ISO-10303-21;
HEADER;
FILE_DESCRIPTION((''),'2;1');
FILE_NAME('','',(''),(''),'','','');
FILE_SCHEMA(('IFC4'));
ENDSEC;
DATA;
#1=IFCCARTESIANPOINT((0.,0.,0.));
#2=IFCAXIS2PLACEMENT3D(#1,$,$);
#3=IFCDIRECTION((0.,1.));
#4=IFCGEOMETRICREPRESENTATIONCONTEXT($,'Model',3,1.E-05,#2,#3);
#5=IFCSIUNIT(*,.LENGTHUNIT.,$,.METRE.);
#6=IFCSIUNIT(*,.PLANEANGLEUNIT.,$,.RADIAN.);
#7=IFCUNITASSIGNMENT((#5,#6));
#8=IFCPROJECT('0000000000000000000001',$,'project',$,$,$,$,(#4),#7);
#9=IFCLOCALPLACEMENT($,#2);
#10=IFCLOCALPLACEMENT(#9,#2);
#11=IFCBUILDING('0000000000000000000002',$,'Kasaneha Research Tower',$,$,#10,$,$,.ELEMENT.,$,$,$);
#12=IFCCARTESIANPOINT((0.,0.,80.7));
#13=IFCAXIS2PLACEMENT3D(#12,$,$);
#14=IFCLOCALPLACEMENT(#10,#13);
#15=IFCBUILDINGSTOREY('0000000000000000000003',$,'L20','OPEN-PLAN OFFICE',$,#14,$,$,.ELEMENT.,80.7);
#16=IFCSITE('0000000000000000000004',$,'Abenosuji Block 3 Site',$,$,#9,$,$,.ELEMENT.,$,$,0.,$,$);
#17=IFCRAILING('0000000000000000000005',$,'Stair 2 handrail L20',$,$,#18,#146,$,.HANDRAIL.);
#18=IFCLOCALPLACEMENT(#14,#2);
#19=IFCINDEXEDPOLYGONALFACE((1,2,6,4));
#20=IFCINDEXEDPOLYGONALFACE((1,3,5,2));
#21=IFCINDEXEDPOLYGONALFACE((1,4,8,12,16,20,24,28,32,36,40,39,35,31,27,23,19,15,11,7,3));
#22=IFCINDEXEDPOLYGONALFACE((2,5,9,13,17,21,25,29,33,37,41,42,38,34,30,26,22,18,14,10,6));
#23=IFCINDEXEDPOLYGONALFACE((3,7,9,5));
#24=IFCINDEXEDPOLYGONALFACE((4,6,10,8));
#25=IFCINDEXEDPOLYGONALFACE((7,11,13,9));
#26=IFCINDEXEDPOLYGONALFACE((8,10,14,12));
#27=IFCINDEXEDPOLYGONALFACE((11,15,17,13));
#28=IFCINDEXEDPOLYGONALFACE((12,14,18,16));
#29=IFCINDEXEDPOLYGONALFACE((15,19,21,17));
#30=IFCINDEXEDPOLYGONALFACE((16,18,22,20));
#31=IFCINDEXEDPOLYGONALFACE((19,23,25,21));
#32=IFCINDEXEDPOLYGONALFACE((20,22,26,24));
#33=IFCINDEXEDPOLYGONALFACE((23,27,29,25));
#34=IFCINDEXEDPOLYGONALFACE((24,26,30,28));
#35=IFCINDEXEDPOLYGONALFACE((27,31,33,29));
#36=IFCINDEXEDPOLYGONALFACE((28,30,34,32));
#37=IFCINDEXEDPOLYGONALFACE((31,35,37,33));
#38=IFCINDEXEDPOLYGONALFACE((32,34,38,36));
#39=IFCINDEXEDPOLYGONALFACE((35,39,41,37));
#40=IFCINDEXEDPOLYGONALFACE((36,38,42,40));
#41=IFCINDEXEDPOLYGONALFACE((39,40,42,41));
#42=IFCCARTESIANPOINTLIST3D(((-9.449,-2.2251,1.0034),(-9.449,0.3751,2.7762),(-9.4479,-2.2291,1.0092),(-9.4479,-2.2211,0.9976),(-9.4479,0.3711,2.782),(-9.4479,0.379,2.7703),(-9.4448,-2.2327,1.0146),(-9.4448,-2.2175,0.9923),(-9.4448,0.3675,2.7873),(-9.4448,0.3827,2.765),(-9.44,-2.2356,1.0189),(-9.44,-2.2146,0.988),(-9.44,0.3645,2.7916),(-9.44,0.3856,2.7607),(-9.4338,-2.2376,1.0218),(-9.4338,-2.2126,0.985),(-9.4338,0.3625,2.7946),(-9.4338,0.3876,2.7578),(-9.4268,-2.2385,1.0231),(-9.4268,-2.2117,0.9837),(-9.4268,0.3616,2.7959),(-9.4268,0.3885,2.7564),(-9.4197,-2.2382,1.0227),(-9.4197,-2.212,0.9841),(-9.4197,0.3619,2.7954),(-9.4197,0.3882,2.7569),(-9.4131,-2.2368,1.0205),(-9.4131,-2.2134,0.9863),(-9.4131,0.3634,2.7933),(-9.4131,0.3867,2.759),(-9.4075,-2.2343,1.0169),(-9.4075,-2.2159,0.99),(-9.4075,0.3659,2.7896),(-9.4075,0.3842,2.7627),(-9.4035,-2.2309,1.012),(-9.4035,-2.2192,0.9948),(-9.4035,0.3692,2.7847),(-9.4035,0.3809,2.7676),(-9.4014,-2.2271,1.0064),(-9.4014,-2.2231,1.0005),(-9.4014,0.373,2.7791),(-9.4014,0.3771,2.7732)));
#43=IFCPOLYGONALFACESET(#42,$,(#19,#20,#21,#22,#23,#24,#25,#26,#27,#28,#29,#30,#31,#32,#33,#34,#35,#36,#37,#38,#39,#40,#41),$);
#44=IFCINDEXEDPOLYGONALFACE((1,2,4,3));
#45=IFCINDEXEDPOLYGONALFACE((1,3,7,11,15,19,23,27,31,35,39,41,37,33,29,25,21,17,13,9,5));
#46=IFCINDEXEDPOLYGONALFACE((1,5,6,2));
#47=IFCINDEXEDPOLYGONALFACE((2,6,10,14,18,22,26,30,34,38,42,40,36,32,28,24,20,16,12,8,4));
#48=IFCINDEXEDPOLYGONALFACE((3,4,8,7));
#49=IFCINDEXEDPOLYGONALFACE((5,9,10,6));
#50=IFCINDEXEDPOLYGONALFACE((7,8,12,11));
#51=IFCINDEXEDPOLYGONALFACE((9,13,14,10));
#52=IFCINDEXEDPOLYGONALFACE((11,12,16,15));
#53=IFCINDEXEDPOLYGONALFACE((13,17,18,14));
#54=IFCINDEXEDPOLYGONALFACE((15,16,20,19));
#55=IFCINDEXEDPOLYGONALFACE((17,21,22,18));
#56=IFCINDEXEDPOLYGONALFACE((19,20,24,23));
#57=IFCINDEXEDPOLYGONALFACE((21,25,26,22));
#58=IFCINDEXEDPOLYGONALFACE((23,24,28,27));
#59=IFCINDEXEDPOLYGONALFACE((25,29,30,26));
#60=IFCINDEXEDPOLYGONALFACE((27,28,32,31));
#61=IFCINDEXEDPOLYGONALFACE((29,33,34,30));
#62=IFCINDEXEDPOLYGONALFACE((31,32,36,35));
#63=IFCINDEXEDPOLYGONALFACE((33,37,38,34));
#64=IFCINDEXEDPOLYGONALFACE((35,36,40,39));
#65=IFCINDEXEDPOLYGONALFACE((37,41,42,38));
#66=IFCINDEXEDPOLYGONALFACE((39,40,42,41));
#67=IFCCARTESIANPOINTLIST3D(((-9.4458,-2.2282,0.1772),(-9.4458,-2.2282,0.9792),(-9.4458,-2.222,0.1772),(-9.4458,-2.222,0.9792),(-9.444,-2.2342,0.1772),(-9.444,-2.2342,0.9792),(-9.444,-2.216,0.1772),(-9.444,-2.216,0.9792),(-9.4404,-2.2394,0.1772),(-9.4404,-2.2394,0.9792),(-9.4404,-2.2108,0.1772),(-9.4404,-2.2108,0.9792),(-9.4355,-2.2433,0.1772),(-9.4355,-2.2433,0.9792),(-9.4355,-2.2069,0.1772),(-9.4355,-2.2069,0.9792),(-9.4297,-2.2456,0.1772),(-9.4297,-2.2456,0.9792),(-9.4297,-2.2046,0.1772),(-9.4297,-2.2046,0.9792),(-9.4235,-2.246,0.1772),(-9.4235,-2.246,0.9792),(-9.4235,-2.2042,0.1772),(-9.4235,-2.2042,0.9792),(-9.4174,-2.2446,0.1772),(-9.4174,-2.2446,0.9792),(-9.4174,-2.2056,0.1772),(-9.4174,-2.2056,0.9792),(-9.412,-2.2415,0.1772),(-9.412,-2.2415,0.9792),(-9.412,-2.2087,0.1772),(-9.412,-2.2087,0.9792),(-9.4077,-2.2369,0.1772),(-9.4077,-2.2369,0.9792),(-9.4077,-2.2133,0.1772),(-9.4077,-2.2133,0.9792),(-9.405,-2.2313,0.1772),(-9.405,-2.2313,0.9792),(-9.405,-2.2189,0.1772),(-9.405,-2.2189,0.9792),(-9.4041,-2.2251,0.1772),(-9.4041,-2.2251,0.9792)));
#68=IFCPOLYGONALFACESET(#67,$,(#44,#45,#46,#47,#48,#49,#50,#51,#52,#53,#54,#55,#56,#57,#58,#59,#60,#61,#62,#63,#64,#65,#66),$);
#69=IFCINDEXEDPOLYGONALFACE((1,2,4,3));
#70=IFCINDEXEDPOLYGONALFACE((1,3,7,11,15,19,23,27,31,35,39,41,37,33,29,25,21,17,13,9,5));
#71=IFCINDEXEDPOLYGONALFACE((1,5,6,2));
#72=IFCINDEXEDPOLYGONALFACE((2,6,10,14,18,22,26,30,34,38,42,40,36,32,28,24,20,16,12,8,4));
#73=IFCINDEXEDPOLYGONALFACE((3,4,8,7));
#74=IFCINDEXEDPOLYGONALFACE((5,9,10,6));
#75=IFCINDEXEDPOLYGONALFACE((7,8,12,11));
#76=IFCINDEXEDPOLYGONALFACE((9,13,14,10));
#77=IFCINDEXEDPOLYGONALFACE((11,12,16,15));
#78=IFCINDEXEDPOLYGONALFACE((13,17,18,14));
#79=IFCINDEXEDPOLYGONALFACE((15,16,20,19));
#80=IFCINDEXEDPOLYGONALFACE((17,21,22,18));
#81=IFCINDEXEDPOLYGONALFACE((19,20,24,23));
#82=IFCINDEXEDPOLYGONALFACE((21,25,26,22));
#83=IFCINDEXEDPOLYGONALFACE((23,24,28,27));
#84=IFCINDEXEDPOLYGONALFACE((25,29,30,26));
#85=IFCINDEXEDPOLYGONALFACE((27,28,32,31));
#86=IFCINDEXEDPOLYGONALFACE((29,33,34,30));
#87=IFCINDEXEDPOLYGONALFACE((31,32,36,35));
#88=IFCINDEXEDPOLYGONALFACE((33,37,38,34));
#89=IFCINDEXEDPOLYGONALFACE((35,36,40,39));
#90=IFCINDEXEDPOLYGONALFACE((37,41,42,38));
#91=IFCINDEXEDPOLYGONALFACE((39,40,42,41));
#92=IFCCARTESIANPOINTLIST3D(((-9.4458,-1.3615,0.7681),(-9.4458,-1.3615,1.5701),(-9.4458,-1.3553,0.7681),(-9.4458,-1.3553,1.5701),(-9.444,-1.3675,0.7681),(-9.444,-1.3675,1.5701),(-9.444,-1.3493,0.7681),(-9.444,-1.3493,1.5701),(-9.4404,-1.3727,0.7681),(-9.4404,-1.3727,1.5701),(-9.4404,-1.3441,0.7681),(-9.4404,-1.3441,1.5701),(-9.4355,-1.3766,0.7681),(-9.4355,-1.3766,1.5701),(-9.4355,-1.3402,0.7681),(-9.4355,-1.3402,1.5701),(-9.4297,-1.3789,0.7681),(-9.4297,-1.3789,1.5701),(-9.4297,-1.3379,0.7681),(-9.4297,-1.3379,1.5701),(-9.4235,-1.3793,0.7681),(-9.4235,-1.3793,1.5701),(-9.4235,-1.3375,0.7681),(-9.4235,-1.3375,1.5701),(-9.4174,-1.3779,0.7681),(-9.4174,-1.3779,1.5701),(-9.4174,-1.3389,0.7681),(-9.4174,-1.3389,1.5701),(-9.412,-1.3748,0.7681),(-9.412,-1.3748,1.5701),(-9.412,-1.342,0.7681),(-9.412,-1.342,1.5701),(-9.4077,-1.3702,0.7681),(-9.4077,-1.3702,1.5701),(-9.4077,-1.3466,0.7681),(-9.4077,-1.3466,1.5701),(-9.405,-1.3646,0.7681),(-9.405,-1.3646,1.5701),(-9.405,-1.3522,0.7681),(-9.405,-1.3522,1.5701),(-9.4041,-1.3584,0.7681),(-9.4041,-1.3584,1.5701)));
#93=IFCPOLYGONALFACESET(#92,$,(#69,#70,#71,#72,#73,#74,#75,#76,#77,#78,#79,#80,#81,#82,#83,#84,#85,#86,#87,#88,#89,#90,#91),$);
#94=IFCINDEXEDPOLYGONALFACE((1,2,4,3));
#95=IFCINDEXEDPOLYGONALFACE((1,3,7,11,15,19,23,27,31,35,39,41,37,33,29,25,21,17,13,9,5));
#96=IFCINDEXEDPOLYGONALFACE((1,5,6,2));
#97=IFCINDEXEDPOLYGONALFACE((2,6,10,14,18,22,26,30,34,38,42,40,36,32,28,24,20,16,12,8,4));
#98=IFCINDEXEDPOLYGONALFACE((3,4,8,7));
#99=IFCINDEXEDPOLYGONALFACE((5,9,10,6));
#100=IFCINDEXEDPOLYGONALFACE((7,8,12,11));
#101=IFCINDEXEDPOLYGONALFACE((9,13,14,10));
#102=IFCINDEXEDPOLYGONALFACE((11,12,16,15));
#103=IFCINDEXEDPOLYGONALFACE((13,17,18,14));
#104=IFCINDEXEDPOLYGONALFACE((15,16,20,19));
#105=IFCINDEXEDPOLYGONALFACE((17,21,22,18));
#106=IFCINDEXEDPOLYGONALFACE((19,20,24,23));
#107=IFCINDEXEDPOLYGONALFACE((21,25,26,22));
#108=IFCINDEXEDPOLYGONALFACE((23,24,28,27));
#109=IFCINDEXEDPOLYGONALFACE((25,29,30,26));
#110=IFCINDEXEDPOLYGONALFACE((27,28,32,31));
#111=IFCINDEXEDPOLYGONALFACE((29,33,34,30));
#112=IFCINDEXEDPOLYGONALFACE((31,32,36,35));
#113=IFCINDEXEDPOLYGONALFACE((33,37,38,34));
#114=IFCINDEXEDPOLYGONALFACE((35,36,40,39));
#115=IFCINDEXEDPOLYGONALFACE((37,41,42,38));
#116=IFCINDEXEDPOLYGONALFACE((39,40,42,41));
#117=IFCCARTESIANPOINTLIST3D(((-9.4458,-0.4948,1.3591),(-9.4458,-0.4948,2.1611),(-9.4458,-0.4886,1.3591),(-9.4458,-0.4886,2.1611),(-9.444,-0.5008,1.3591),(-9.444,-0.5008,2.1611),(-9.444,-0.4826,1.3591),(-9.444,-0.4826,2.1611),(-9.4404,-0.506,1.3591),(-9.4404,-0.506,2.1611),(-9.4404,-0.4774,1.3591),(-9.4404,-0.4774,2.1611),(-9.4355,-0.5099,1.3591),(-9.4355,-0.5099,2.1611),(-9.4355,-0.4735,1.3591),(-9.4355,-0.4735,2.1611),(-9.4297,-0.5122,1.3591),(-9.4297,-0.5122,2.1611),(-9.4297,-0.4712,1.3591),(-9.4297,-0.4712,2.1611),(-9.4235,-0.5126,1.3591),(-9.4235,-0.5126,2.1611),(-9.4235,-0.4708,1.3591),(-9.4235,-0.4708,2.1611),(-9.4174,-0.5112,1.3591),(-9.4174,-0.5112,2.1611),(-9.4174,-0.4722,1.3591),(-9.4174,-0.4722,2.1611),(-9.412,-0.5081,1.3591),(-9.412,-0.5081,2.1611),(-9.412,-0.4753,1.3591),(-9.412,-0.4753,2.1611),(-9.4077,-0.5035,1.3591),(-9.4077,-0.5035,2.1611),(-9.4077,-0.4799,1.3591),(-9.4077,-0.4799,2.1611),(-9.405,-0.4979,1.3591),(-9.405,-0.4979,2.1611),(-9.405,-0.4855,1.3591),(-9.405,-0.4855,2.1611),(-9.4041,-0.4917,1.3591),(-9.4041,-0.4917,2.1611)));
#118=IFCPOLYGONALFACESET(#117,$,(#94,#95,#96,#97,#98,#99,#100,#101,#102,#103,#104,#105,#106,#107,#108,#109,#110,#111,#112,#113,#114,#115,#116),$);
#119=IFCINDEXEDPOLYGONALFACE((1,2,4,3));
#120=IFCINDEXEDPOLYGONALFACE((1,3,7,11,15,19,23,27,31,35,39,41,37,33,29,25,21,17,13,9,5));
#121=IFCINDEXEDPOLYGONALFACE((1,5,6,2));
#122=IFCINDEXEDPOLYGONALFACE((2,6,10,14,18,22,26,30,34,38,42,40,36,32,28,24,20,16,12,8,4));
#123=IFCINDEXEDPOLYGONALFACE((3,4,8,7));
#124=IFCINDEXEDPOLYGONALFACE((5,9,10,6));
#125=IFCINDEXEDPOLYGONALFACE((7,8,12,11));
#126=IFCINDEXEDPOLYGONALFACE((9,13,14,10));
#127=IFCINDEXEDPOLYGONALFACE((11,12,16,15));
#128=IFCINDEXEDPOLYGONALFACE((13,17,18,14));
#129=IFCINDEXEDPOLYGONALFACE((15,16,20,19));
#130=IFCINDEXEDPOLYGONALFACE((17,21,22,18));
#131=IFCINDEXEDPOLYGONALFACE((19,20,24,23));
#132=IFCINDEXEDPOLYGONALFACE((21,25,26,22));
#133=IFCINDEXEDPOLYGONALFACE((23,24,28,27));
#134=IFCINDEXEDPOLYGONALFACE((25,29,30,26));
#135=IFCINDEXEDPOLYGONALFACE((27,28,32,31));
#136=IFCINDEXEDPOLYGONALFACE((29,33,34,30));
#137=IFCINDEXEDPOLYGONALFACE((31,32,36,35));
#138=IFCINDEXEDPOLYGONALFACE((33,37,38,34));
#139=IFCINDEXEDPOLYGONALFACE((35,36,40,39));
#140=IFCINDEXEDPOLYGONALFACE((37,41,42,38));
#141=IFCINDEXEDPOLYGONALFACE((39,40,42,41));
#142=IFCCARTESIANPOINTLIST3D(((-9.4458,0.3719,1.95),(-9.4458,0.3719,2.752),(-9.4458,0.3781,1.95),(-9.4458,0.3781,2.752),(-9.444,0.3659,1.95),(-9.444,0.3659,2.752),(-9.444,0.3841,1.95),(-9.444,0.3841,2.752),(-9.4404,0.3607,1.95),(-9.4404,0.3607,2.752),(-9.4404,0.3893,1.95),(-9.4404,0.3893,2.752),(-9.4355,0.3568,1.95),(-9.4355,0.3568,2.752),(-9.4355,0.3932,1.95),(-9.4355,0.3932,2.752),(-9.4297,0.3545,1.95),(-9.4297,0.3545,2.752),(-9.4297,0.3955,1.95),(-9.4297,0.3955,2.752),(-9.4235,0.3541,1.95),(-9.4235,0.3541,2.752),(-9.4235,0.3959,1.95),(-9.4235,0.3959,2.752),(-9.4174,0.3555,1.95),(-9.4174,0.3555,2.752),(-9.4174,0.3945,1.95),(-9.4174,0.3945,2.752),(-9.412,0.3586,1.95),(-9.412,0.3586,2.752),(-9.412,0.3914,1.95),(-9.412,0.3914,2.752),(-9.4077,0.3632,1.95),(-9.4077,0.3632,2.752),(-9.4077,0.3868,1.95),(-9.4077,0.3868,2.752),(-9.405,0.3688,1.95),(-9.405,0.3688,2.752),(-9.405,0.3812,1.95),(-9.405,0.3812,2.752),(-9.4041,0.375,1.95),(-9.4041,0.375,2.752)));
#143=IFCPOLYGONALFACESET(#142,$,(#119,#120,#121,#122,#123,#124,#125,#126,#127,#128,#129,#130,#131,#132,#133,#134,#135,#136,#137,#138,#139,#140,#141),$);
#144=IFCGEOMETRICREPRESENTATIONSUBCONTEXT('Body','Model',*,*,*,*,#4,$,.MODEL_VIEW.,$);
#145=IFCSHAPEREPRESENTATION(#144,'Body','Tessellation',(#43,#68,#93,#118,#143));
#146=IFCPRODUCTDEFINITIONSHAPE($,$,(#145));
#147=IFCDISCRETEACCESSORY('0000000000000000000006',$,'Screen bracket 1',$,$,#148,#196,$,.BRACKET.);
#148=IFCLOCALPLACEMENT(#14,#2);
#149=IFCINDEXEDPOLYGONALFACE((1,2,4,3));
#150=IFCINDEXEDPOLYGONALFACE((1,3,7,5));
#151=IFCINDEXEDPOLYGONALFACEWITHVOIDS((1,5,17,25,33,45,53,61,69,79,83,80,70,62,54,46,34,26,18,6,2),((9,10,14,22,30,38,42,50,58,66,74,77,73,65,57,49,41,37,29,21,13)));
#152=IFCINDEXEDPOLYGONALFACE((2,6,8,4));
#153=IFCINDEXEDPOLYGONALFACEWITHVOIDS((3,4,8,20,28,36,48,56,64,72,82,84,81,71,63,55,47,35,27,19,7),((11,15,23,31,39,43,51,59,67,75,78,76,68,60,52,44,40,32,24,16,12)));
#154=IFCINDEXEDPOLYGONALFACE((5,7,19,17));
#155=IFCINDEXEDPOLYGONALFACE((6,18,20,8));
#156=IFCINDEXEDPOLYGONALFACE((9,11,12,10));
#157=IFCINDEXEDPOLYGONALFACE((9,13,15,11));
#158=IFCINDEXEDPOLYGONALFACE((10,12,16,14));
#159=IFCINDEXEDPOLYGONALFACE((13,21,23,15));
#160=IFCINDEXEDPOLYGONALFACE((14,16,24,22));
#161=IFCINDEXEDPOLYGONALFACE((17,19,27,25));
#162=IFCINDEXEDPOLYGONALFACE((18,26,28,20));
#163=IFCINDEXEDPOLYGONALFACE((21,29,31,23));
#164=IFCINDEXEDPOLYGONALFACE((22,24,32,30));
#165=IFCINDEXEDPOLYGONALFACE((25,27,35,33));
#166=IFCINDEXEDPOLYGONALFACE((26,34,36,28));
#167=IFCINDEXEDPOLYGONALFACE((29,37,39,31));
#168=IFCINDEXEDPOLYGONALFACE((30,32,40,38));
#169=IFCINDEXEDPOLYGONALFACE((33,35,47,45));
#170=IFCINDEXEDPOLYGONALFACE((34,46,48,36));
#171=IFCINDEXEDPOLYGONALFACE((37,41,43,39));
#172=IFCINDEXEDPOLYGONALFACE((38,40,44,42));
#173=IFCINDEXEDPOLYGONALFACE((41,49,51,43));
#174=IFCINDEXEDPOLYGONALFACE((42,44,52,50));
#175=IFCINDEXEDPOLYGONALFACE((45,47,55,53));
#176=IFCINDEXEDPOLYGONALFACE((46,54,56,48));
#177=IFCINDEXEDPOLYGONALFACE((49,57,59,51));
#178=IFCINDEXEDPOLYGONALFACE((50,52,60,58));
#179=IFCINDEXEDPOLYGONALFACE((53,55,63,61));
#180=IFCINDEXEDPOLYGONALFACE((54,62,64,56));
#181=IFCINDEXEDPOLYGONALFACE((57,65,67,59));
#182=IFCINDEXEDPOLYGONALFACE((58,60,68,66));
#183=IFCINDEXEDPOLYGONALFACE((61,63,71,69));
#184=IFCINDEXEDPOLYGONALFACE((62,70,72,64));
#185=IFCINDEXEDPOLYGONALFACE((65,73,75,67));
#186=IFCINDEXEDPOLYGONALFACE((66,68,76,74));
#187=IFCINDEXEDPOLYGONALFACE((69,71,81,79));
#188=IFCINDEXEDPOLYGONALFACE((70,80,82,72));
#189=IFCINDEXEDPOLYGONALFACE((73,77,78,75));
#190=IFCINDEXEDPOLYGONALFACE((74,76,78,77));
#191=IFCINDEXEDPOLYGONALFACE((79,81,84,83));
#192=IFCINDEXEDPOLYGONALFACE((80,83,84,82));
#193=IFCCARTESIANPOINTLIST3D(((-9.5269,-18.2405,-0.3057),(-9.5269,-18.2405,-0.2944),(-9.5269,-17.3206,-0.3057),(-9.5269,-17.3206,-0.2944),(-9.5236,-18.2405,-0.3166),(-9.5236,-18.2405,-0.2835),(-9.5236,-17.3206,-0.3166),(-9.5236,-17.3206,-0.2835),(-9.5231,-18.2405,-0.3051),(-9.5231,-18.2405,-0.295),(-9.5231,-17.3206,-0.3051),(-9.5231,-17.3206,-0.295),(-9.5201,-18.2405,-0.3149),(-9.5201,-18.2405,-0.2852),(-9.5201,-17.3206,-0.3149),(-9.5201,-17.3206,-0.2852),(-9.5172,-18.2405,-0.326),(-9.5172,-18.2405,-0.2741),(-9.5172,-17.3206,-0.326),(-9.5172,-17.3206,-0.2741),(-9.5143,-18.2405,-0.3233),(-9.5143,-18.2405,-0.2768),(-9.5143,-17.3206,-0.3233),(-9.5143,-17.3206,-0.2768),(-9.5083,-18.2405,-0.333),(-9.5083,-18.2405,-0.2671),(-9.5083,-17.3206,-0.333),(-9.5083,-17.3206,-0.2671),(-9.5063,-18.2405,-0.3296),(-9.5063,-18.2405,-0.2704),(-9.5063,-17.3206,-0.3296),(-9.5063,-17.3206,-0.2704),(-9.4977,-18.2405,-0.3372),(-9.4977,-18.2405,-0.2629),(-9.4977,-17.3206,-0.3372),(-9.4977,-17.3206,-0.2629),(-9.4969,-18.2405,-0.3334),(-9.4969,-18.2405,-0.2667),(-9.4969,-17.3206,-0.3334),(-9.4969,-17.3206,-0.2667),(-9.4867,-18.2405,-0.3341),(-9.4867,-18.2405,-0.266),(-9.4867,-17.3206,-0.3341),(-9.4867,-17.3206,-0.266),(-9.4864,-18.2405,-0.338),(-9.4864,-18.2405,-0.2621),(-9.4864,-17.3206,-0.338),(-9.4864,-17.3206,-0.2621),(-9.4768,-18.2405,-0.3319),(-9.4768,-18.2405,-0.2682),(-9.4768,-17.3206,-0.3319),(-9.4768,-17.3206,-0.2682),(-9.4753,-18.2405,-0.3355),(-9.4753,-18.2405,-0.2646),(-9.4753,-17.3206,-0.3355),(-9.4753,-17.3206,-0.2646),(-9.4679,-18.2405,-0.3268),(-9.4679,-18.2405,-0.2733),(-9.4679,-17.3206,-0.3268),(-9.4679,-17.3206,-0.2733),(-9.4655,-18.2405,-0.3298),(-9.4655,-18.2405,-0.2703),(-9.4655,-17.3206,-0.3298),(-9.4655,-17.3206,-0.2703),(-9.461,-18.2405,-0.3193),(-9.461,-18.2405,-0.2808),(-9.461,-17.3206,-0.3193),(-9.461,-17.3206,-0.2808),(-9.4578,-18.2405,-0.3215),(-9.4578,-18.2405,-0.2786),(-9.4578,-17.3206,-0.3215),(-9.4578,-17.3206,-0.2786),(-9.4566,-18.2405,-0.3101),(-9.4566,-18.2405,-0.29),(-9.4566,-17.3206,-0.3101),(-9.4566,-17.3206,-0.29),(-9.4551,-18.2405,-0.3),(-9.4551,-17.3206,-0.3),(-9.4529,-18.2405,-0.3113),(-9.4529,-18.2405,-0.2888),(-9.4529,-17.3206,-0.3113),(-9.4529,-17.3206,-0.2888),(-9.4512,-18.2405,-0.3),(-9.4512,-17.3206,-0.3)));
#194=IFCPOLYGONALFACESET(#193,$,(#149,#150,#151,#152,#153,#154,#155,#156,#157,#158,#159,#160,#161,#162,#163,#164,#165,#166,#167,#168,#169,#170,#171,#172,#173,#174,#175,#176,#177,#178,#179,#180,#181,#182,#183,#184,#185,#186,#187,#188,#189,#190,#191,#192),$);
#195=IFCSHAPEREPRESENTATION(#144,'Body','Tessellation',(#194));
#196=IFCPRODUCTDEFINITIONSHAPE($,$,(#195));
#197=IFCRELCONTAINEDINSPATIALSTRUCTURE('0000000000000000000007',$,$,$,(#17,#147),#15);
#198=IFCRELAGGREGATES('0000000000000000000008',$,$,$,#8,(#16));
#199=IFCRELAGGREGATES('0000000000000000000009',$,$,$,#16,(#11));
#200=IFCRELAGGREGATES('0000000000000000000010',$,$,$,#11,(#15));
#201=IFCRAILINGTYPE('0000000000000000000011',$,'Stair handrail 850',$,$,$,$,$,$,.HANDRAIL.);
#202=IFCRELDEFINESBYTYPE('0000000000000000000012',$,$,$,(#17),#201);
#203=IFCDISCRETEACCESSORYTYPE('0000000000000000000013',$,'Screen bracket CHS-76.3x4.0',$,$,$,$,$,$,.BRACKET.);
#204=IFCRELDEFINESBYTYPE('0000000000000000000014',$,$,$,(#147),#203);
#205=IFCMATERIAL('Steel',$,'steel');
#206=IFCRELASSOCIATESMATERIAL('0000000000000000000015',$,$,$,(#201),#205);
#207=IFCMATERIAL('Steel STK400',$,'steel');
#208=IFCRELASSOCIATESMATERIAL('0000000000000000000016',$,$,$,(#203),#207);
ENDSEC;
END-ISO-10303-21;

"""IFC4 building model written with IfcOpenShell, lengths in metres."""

from ifc_helpers import new_model, si_unit, direction, frame, origin, origin_2d, place, context, subcontext, project, spatial, circle, hollow_circle, extrude, material, material_profile, profile_set, type_object, element, save


model = new_model("IFC4")

# Units and contexts
model_context = context("Model", 3, precision=1e-05, world=origin(), true_north=direction((0.0, 1.0)))
body_context = subcontext(model_context, "Body", "Model", "MODEL_VIEW")
ifc_project = project(units=[si_unit("LENGTHUNIT", "METRE"), si_unit("PLANEANGLEUNIT", "RADIAN")], contexts=[model_context])

# Site, building, storey
site_placement = place(None, origin())
site = spatial("IfcSite", under=ifc_project, at=site_placement, Name="Abenosuji Block 3 Site", CompositionType="ELEMENT", RefElevation=0.0)
building_placement = place(site_placement, origin())
building = spatial("IfcBuilding", under=site, at=building_placement, Name="Kasaneha Research Tower", CompositionType="ELEMENT")
storey_placement = place(building_placement, frame((0.0, 0.0, 80.7)))
storey = spatial("IfcBuildingStorey", under=building, at=storey_placement, Name="L20", Description="OPEN-PLAN OFFICE", CompositionType="ELEMENT", Elevation=80.7)

# Railing
ifc_material_1 = material(Name="Steel", Category="steel")
railing_type = type_object("IfcRailingType", Name="Stair handrail 850", PredefinedType="HANDRAIL", material=ifc_material_1)
railing_placement = place(storey_placement, frame((-9.425, -2.2251, 0.1772)))
element("IfcRailing", 1, at=railing_placement, inside=storey, type_object=railing_type, Name="Stair 2 handrail L20", PredefinedType="HANDRAIL", context=body_context, shape_type="SweptSolid", body=[
    extrude(circle(Radius=0.0239, at=origin_2d()), frame((0.0, 0.0, 0.8262), z_axis=(0.0, 0.82624, 0.563318), x_axis=(-1.0, 0.0, 0.0)), (0.0, 0.0, 1.0), 3.147),
    extrude(circle(Radius=0.021, at=origin_2d()), origin(), (0.0, 0.0, 1.0), 0.802),
    extrude(circle(Radius=0.021, at=origin_2d()), frame((0.0, 0.8667, 0.5908)), (0.0, 0.0, 1.0), 0.802),
    extrude(circle(Radius=0.021, at=origin_2d()), frame((0.0, 1.7334, 1.1819)), (0.0, 0.0, 1.0), 0.802),
    extrude(circle(Radius=0.021, at=origin_2d()), frame((0.0, 2.6001, 1.7727)), (0.0, 0.0, 1.0), 0.802),
])

# Discrete accessory
ifc_material_2 = material(Name="Steel STK400", Category="steel")
ifc_material_profile_1 = material_profile(ifc_material_2, hollow_circle(Radius=0.0381, WallThickness=0.0039, at=origin_2d()), Name="CHS-76.3x4.0")
ifc_profile_set_1 = profile_set([ifc_material_profile_1], Name="Steel STK400")
discrete_accessory_type = type_object("IfcDiscreteAccessoryType", Name="Screen bracket CHS-76.3x4.0", PredefinedType="BRACKET", material=ifc_profile_set_1)
discrete_accessory_placement = place(storey_placement, frame((-9.4893, -17.3206, -0.3), z_axis=(0.0, -1.0, 0.0), x_axis=(1.0, 0.0, 0.0)))
element("IfcDiscreteAccessory", 2, at=discrete_accessory_placement, inside=storey, type_object=discrete_accessory_type, Name="Screen bracket 1", PredefinedType="BRACKET", context=body_context, shape_type="SweptSolid", body=[
    extrude(hollow_circle(Radius=0.0381, WallThickness=0.0039, at=origin_2d()), origin(), (0.0, 0.0, 1.0), 0.9199),
])

save(model, "model.ifc")
